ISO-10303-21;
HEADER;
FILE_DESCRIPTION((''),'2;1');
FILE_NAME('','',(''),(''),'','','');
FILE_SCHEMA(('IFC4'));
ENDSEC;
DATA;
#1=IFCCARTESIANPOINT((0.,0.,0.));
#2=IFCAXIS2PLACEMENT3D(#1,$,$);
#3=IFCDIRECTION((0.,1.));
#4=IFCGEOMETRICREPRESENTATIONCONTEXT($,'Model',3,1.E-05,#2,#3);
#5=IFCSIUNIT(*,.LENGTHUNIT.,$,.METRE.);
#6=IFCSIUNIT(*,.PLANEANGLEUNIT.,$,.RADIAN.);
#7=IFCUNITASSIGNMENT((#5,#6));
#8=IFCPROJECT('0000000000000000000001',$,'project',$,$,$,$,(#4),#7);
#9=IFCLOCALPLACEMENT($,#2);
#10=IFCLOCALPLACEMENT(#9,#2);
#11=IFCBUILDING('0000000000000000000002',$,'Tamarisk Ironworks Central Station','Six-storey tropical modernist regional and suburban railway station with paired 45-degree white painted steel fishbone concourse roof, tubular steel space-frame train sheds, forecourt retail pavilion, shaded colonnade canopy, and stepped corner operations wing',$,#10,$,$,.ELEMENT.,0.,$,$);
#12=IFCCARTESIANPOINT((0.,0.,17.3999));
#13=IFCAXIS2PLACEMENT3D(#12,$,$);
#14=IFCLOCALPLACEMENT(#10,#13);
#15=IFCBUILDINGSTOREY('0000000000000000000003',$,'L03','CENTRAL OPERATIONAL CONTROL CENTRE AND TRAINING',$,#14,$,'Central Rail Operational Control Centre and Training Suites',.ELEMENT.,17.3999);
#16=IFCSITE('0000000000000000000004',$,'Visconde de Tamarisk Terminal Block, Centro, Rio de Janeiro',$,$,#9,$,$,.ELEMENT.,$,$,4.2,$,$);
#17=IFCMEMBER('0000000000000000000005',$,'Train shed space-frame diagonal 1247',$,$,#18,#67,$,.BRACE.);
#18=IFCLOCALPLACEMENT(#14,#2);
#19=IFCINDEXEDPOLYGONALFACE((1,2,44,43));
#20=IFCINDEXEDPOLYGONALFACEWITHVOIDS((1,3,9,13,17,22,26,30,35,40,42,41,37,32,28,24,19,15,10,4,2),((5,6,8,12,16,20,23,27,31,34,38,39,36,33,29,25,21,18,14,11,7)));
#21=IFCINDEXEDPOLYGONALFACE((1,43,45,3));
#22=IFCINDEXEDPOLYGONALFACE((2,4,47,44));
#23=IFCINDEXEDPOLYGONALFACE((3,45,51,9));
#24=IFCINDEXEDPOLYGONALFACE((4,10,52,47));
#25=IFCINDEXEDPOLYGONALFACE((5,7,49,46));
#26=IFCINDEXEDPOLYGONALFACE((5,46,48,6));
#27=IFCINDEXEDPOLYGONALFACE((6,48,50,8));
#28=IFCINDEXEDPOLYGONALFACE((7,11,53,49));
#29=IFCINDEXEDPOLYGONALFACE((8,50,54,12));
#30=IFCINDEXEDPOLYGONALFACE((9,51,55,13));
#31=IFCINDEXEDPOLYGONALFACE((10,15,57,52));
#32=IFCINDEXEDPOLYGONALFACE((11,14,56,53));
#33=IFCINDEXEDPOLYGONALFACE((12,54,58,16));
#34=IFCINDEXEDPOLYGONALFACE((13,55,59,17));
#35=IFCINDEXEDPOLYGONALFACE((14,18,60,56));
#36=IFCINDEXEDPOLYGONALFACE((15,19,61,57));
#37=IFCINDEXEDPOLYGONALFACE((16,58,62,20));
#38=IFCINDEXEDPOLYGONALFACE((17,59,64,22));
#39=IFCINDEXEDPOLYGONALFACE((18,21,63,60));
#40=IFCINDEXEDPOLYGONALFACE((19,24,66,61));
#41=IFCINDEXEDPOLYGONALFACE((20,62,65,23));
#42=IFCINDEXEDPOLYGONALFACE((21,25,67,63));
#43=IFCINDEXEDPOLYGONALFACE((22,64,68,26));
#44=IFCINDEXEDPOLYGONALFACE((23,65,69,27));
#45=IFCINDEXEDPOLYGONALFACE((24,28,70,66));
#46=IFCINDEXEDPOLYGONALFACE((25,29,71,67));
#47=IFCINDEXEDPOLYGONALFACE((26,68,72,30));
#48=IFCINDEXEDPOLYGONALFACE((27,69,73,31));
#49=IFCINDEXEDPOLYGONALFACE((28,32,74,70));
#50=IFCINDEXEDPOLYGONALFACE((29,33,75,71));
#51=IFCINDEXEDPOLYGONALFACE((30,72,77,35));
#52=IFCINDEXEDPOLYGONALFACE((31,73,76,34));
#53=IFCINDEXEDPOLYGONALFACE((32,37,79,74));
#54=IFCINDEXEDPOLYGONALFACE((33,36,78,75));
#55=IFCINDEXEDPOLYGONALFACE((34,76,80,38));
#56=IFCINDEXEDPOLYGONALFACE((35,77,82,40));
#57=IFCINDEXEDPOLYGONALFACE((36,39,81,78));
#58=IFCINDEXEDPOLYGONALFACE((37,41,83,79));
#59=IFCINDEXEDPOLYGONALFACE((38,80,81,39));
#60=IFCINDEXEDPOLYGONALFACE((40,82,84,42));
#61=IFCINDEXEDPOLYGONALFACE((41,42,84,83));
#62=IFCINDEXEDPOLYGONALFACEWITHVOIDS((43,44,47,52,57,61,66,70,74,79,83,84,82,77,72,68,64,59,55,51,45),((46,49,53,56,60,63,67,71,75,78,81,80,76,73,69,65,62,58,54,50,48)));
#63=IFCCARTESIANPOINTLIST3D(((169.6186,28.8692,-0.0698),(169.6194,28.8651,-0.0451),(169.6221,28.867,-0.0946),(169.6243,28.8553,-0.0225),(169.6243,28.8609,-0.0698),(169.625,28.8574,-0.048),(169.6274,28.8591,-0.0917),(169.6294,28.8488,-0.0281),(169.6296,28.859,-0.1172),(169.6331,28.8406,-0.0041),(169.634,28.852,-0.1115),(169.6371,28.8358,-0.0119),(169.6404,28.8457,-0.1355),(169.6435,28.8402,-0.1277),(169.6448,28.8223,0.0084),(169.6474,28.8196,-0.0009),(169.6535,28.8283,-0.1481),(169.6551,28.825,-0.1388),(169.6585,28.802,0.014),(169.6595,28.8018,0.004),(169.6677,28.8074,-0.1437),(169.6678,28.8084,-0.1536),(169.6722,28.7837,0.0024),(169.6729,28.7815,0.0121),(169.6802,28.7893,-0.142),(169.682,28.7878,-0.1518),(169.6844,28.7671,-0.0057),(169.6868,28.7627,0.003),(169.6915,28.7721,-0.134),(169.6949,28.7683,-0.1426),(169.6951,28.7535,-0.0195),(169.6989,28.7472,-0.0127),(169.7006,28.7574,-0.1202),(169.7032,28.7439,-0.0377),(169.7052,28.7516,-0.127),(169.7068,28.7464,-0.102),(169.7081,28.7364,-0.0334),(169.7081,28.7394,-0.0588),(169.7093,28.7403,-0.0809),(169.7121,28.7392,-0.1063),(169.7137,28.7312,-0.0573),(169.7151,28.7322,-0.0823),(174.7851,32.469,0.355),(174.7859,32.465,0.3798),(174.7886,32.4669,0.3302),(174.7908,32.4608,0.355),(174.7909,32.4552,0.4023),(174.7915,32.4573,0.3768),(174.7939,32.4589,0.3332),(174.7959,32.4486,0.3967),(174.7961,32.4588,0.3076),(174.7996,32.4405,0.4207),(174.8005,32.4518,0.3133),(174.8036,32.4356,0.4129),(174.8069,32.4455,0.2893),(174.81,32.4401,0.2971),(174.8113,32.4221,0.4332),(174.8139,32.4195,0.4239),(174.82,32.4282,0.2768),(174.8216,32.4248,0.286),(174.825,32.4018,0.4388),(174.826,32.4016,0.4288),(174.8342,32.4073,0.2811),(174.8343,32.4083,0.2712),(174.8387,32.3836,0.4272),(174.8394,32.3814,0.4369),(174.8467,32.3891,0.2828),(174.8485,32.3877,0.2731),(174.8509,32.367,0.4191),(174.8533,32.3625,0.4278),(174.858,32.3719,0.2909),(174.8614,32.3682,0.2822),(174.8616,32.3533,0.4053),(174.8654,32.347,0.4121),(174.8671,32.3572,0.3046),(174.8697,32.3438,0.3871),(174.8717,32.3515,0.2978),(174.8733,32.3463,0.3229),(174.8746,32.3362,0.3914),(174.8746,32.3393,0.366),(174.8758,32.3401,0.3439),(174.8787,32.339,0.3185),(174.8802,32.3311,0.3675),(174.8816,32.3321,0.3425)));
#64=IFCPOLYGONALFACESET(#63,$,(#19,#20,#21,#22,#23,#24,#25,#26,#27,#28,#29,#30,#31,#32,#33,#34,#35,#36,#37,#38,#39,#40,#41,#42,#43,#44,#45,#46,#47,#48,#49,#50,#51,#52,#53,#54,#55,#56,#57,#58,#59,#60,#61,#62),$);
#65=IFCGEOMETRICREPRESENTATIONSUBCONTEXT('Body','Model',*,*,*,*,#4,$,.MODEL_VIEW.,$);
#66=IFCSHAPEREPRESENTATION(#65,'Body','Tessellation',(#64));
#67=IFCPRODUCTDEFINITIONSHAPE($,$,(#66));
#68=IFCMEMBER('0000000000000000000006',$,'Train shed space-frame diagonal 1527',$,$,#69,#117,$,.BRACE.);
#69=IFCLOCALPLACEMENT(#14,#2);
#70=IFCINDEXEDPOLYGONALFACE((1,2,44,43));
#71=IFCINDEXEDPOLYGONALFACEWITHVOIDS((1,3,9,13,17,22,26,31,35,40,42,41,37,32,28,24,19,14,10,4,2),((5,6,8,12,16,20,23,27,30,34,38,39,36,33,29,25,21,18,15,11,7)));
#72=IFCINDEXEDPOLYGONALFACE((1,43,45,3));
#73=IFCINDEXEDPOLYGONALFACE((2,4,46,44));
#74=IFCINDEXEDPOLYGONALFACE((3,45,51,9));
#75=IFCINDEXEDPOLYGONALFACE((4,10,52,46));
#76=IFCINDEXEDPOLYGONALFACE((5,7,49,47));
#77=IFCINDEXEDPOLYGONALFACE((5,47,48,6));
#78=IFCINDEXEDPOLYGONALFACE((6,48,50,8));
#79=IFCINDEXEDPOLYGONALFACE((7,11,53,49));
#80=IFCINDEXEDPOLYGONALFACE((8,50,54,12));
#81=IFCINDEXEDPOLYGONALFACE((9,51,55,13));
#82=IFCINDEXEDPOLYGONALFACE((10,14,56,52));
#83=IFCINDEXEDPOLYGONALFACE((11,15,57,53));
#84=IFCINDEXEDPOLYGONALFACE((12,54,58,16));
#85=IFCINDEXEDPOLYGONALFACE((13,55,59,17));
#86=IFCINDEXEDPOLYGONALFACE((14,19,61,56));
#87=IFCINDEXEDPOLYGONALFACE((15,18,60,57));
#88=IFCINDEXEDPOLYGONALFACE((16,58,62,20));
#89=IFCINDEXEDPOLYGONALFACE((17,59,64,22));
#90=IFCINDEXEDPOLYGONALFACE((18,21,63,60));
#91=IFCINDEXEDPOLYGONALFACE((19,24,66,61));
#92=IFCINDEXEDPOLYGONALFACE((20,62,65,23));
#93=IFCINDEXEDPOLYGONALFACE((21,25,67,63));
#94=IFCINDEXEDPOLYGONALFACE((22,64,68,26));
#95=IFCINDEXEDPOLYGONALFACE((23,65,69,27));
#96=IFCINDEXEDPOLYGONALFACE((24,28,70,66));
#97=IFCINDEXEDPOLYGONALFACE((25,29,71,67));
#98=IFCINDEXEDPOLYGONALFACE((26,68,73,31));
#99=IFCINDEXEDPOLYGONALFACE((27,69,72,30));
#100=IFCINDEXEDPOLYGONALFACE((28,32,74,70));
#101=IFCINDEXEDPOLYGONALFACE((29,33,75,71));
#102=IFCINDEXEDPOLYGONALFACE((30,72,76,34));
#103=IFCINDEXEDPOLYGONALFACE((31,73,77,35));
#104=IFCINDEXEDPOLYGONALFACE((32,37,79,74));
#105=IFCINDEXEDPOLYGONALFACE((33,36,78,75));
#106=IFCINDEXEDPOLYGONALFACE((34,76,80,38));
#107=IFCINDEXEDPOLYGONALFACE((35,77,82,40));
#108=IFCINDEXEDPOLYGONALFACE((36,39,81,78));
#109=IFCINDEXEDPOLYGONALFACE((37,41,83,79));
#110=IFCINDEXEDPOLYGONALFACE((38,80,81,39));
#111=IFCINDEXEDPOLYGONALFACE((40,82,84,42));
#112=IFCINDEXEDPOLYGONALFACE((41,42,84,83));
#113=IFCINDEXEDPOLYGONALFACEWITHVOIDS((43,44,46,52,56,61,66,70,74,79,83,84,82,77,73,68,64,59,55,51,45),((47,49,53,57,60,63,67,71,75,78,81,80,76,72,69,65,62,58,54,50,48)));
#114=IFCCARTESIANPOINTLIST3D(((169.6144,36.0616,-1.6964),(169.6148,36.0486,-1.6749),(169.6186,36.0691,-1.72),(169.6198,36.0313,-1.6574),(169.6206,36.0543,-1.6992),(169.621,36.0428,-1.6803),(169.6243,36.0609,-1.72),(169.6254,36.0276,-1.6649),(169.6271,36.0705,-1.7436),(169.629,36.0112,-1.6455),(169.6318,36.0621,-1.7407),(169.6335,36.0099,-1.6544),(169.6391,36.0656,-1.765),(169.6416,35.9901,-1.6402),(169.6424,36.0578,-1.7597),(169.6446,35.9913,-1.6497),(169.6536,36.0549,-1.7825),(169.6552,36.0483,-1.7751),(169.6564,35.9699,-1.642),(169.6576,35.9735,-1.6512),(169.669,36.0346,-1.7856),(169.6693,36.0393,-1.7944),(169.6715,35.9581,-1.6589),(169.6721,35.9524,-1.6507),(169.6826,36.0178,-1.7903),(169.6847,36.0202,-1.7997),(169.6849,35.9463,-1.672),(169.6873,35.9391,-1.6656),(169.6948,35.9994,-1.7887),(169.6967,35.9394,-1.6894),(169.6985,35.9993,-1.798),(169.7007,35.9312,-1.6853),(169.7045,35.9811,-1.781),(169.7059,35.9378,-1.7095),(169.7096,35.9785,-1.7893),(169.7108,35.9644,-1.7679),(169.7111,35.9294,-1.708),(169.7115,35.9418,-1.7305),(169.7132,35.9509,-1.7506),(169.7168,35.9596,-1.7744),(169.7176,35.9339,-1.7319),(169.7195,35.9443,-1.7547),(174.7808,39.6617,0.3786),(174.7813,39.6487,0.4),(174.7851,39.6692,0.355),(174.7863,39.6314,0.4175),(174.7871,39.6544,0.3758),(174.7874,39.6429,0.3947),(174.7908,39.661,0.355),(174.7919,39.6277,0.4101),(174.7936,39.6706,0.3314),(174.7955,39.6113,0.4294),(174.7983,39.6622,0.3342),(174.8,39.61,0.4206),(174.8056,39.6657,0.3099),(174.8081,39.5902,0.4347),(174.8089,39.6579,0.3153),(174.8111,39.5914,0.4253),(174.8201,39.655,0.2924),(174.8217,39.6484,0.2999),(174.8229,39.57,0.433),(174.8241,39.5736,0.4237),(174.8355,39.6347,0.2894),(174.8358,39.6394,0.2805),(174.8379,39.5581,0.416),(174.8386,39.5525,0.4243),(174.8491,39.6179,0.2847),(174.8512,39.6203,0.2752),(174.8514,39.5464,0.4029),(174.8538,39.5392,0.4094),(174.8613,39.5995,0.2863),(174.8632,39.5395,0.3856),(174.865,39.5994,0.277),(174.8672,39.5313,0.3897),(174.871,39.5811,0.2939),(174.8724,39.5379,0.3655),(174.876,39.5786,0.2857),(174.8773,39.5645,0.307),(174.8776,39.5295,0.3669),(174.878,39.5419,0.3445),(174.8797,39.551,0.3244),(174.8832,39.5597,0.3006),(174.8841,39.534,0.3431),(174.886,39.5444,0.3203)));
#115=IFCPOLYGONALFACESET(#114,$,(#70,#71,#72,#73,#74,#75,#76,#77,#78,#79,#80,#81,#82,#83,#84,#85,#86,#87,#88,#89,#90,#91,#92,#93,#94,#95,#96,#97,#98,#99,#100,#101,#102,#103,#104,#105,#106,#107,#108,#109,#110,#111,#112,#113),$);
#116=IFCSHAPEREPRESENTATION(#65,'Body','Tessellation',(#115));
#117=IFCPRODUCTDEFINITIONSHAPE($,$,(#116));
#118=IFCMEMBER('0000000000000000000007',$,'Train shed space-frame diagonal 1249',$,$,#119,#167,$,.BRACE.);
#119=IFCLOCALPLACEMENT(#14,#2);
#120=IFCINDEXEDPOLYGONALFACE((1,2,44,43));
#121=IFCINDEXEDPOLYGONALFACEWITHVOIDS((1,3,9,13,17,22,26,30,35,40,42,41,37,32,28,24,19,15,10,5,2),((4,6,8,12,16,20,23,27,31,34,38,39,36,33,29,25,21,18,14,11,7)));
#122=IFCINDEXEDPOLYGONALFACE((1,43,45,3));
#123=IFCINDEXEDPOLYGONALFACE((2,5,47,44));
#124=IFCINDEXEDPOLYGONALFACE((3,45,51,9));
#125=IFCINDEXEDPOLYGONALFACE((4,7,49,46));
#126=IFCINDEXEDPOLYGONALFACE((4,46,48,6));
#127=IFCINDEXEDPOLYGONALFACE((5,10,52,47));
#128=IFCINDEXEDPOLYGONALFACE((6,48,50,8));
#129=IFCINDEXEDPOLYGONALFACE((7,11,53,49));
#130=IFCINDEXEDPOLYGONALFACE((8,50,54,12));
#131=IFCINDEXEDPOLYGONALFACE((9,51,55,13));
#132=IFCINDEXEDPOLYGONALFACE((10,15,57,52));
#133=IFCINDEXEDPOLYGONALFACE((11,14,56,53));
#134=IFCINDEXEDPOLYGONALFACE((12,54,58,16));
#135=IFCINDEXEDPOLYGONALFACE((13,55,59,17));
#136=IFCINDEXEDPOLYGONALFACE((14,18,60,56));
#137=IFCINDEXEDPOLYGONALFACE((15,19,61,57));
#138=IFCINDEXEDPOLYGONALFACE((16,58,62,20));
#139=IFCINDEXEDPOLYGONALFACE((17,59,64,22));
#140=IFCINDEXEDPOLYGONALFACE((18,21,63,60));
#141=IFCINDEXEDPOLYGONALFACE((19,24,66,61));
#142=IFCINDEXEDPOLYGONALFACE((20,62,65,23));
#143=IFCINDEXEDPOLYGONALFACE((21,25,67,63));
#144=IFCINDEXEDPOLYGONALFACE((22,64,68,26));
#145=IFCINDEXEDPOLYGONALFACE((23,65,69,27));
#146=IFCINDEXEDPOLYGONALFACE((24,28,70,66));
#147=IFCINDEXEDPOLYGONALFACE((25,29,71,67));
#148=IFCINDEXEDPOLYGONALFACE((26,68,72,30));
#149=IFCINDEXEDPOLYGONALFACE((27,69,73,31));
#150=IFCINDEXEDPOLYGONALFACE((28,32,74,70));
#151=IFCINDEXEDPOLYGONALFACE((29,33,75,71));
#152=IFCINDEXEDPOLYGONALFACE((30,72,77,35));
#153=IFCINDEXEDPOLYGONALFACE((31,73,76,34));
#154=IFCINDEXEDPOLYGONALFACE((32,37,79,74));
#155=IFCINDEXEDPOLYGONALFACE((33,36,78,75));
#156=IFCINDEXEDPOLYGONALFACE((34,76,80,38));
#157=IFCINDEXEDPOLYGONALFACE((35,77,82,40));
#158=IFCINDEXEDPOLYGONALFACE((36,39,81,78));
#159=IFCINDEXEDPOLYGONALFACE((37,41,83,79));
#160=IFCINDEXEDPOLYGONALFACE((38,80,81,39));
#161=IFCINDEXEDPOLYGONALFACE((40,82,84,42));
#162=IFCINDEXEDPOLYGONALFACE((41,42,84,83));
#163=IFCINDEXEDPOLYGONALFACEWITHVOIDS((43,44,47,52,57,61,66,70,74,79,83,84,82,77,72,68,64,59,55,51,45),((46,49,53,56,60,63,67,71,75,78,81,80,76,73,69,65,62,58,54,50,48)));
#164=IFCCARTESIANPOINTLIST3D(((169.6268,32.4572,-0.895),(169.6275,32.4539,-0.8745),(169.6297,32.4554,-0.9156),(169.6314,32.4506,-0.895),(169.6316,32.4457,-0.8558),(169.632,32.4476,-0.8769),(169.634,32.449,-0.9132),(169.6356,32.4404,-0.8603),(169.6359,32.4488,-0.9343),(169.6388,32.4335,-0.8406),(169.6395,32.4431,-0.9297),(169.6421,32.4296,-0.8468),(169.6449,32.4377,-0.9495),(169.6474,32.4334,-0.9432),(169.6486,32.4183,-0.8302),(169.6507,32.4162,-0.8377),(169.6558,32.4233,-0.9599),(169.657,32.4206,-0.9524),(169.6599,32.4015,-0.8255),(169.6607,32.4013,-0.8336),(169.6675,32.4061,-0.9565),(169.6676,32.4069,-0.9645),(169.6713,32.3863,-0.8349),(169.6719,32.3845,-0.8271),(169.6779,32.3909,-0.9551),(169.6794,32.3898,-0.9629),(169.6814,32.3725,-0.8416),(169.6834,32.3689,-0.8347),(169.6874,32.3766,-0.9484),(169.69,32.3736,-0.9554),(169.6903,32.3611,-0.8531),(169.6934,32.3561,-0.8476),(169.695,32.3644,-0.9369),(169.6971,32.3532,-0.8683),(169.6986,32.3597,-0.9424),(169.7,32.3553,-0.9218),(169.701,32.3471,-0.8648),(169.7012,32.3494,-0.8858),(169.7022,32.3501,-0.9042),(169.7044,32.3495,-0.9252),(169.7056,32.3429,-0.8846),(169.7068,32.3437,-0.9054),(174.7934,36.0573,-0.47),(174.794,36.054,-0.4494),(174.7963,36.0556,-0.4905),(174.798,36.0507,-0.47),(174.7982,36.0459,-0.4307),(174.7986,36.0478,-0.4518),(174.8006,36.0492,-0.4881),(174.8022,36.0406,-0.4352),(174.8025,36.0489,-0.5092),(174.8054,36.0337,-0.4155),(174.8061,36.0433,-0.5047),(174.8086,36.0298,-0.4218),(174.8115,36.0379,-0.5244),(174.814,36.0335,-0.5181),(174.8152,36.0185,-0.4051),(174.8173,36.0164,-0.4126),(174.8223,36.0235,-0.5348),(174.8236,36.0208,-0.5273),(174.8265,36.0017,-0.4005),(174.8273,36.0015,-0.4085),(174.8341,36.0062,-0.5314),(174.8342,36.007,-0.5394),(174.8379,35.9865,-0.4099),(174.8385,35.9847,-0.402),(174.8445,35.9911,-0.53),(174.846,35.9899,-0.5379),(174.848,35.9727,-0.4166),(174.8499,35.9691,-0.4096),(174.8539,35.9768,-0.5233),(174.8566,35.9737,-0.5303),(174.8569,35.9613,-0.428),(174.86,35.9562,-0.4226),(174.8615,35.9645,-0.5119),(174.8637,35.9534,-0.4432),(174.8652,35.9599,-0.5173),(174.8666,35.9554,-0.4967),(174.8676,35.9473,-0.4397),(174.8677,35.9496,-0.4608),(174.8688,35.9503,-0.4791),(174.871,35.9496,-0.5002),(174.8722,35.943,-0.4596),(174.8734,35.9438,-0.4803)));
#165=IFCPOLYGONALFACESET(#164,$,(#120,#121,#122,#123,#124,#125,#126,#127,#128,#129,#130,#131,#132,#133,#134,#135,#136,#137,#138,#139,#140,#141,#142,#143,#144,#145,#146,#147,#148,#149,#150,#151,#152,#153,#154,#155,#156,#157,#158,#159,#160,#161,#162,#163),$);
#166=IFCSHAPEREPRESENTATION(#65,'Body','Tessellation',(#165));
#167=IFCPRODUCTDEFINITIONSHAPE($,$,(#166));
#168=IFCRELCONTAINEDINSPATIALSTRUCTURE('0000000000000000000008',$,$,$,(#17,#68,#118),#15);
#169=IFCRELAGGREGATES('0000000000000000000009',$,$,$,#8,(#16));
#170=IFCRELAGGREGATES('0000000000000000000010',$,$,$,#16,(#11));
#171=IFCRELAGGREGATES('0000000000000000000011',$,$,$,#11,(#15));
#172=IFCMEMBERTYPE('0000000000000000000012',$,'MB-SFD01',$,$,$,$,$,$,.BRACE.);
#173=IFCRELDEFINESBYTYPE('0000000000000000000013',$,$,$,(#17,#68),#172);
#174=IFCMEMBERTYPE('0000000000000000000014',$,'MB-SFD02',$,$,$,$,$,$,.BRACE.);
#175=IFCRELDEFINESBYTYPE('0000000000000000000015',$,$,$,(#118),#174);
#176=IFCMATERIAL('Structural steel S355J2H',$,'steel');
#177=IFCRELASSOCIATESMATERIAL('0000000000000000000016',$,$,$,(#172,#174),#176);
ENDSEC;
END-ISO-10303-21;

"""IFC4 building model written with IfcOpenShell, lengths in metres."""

from ifc_helpers import new_model, si_unit, direction, frame, origin, origin_2d, place, context, subcontext, project, spatial, hollow_circle, extrude, material, material_profile, profile_set, type_object, element, save


model = new_model("IFC4")

# Units and contexts
model_context = context("Model", 3, precision=1e-05, world=origin(), true_north=direction((0.0, 1.0)))
body_context = subcontext(model_context, "Body", "Model", "MODEL_VIEW")
ifc_project = project(units=[si_unit("LENGTHUNIT", "METRE"), si_unit("PLANEANGLEUNIT", "RADIAN")], contexts=[model_context])

# Site, building, storey
site_placement = place(None, origin())
site = spatial("IfcSite", under=ifc_project, at=site_placement, Name="Visconde de Tamarisk Terminal Block, Centro, Rio de Janeiro", CompositionType="ELEMENT", RefElevation=4.2)
building_placement = place(site_placement, origin())
building = spatial("IfcBuilding", under=site, at=building_placement, Name="Tamarisk Ironworks Central Station", Description="Six-storey tropical modernist regional and suburban railway station with paired 45-degree white painted steel fishbone concourse roof, tubular steel space-frame train sheds, forecourt retail pavilion, shaded colonnade canopy, and stepped corner operations wing", CompositionType="ELEMENT", ElevationOfRefHeight=0.0)
storey_placement = place(building_placement, frame((0.0, 0.0, 17.3999)))
storey = spatial("IfcBuildingStorey", under=building, at=storey_placement, Name="L03", Description="CENTRAL OPERATIONAL CONTROL CENTRE AND TRAINING", LongName="Central Rail Operational Control Centre and Training Suites", CompositionType="ELEMENT", Elevation=17.3999)

# Members
ifc_material = material(Name="Structural steel S355J2H", Category="steel")
ifc_material_profile_1 = material_profile(ifc_material, hollow_circle(Radius=0.0842, WallThickness=0.01, at=origin_2d()), Name="CHS 168.3x10")
ifc_profile_set_1 = profile_set([ifc_material_profile_1], Name="Structural steel S355J2H")
member_type_1 = type_object("IfcMemberType", Name="MB-SFD01", PredefinedType="BRACE", material=ifc_profile_set_1)
member_1_placement = place(storey_placement, frame((169.6667, 28.8, -0.0698), z_axis=(0.818615, 0.570385, 0.067309), x_axis=(-0.571681, 0.820476, 0.0)))
element("IfcMember", 1, at=member_1_placement, inside=storey, type_object=member_type_1, Name="Train shed space-frame diagonal 1247", PredefinedType="BRACE", context=body_context, shape_type="SweptSolid", body=[
    extrude(hollow_circle(Radius=0.0842, WallThickness=0.01, at=origin_2d()), origin(), (0.0, 0.0, 1.0), 6.3113),
])
member_2_placement = place(storey_placement, frame((169.6667, 36.0, -1.72), z_axis=(0.779244, 0.542989, 0.312957), x_axis=(-0.571707, 0.820458, 0.0)))
element("IfcMember", 2, at=member_2_placement, inside=storey, type_object=member_type_1, Name="Train shed space-frame diagonal 1527", PredefinedType="BRACE", context=body_context, shape_type="SweptSolid", body=[
    extrude(hollow_circle(Radius=0.0842, WallThickness=0.01, at=origin_2d()), origin(), (0.0, 0.0, 1.0), 6.6301),
])
ifc_material_profile_2 = material_profile(ifc_material, hollow_circle(Radius=0.0698, WallThickness=0.0081, at=origin_2d()), Name="CHS 139.7x8")
ifc_profile_set_2 = profile_set([ifc_material_profile_2], Name="Structural steel S355J2H")
member_type_2 = type_object("IfcMemberType", Name="MB-SFD02", PredefinedType="BRACE", material=ifc_profile_set_2)
member_3_placement = place(storey_placement, frame((169.6667, 32.3999, -0.895), z_axis=(0.818595, 0.570409, 0.067346), x_axis=(-0.571707, 0.820458, 0.0)))
element("IfcMember", 3, at=member_3_placement, inside=storey, type_object=member_type_2, Name="Train shed space-frame diagonal 1249", PredefinedType="BRACE", context=body_context, shape_type="SweptSolid", body=[
    extrude(hollow_circle(Radius=0.0698, WallThickness=0.0081, at=origin_2d()), origin(), (0.0, 0.0, 1.0), 6.3115),
])

save(model, "model.ifc")
